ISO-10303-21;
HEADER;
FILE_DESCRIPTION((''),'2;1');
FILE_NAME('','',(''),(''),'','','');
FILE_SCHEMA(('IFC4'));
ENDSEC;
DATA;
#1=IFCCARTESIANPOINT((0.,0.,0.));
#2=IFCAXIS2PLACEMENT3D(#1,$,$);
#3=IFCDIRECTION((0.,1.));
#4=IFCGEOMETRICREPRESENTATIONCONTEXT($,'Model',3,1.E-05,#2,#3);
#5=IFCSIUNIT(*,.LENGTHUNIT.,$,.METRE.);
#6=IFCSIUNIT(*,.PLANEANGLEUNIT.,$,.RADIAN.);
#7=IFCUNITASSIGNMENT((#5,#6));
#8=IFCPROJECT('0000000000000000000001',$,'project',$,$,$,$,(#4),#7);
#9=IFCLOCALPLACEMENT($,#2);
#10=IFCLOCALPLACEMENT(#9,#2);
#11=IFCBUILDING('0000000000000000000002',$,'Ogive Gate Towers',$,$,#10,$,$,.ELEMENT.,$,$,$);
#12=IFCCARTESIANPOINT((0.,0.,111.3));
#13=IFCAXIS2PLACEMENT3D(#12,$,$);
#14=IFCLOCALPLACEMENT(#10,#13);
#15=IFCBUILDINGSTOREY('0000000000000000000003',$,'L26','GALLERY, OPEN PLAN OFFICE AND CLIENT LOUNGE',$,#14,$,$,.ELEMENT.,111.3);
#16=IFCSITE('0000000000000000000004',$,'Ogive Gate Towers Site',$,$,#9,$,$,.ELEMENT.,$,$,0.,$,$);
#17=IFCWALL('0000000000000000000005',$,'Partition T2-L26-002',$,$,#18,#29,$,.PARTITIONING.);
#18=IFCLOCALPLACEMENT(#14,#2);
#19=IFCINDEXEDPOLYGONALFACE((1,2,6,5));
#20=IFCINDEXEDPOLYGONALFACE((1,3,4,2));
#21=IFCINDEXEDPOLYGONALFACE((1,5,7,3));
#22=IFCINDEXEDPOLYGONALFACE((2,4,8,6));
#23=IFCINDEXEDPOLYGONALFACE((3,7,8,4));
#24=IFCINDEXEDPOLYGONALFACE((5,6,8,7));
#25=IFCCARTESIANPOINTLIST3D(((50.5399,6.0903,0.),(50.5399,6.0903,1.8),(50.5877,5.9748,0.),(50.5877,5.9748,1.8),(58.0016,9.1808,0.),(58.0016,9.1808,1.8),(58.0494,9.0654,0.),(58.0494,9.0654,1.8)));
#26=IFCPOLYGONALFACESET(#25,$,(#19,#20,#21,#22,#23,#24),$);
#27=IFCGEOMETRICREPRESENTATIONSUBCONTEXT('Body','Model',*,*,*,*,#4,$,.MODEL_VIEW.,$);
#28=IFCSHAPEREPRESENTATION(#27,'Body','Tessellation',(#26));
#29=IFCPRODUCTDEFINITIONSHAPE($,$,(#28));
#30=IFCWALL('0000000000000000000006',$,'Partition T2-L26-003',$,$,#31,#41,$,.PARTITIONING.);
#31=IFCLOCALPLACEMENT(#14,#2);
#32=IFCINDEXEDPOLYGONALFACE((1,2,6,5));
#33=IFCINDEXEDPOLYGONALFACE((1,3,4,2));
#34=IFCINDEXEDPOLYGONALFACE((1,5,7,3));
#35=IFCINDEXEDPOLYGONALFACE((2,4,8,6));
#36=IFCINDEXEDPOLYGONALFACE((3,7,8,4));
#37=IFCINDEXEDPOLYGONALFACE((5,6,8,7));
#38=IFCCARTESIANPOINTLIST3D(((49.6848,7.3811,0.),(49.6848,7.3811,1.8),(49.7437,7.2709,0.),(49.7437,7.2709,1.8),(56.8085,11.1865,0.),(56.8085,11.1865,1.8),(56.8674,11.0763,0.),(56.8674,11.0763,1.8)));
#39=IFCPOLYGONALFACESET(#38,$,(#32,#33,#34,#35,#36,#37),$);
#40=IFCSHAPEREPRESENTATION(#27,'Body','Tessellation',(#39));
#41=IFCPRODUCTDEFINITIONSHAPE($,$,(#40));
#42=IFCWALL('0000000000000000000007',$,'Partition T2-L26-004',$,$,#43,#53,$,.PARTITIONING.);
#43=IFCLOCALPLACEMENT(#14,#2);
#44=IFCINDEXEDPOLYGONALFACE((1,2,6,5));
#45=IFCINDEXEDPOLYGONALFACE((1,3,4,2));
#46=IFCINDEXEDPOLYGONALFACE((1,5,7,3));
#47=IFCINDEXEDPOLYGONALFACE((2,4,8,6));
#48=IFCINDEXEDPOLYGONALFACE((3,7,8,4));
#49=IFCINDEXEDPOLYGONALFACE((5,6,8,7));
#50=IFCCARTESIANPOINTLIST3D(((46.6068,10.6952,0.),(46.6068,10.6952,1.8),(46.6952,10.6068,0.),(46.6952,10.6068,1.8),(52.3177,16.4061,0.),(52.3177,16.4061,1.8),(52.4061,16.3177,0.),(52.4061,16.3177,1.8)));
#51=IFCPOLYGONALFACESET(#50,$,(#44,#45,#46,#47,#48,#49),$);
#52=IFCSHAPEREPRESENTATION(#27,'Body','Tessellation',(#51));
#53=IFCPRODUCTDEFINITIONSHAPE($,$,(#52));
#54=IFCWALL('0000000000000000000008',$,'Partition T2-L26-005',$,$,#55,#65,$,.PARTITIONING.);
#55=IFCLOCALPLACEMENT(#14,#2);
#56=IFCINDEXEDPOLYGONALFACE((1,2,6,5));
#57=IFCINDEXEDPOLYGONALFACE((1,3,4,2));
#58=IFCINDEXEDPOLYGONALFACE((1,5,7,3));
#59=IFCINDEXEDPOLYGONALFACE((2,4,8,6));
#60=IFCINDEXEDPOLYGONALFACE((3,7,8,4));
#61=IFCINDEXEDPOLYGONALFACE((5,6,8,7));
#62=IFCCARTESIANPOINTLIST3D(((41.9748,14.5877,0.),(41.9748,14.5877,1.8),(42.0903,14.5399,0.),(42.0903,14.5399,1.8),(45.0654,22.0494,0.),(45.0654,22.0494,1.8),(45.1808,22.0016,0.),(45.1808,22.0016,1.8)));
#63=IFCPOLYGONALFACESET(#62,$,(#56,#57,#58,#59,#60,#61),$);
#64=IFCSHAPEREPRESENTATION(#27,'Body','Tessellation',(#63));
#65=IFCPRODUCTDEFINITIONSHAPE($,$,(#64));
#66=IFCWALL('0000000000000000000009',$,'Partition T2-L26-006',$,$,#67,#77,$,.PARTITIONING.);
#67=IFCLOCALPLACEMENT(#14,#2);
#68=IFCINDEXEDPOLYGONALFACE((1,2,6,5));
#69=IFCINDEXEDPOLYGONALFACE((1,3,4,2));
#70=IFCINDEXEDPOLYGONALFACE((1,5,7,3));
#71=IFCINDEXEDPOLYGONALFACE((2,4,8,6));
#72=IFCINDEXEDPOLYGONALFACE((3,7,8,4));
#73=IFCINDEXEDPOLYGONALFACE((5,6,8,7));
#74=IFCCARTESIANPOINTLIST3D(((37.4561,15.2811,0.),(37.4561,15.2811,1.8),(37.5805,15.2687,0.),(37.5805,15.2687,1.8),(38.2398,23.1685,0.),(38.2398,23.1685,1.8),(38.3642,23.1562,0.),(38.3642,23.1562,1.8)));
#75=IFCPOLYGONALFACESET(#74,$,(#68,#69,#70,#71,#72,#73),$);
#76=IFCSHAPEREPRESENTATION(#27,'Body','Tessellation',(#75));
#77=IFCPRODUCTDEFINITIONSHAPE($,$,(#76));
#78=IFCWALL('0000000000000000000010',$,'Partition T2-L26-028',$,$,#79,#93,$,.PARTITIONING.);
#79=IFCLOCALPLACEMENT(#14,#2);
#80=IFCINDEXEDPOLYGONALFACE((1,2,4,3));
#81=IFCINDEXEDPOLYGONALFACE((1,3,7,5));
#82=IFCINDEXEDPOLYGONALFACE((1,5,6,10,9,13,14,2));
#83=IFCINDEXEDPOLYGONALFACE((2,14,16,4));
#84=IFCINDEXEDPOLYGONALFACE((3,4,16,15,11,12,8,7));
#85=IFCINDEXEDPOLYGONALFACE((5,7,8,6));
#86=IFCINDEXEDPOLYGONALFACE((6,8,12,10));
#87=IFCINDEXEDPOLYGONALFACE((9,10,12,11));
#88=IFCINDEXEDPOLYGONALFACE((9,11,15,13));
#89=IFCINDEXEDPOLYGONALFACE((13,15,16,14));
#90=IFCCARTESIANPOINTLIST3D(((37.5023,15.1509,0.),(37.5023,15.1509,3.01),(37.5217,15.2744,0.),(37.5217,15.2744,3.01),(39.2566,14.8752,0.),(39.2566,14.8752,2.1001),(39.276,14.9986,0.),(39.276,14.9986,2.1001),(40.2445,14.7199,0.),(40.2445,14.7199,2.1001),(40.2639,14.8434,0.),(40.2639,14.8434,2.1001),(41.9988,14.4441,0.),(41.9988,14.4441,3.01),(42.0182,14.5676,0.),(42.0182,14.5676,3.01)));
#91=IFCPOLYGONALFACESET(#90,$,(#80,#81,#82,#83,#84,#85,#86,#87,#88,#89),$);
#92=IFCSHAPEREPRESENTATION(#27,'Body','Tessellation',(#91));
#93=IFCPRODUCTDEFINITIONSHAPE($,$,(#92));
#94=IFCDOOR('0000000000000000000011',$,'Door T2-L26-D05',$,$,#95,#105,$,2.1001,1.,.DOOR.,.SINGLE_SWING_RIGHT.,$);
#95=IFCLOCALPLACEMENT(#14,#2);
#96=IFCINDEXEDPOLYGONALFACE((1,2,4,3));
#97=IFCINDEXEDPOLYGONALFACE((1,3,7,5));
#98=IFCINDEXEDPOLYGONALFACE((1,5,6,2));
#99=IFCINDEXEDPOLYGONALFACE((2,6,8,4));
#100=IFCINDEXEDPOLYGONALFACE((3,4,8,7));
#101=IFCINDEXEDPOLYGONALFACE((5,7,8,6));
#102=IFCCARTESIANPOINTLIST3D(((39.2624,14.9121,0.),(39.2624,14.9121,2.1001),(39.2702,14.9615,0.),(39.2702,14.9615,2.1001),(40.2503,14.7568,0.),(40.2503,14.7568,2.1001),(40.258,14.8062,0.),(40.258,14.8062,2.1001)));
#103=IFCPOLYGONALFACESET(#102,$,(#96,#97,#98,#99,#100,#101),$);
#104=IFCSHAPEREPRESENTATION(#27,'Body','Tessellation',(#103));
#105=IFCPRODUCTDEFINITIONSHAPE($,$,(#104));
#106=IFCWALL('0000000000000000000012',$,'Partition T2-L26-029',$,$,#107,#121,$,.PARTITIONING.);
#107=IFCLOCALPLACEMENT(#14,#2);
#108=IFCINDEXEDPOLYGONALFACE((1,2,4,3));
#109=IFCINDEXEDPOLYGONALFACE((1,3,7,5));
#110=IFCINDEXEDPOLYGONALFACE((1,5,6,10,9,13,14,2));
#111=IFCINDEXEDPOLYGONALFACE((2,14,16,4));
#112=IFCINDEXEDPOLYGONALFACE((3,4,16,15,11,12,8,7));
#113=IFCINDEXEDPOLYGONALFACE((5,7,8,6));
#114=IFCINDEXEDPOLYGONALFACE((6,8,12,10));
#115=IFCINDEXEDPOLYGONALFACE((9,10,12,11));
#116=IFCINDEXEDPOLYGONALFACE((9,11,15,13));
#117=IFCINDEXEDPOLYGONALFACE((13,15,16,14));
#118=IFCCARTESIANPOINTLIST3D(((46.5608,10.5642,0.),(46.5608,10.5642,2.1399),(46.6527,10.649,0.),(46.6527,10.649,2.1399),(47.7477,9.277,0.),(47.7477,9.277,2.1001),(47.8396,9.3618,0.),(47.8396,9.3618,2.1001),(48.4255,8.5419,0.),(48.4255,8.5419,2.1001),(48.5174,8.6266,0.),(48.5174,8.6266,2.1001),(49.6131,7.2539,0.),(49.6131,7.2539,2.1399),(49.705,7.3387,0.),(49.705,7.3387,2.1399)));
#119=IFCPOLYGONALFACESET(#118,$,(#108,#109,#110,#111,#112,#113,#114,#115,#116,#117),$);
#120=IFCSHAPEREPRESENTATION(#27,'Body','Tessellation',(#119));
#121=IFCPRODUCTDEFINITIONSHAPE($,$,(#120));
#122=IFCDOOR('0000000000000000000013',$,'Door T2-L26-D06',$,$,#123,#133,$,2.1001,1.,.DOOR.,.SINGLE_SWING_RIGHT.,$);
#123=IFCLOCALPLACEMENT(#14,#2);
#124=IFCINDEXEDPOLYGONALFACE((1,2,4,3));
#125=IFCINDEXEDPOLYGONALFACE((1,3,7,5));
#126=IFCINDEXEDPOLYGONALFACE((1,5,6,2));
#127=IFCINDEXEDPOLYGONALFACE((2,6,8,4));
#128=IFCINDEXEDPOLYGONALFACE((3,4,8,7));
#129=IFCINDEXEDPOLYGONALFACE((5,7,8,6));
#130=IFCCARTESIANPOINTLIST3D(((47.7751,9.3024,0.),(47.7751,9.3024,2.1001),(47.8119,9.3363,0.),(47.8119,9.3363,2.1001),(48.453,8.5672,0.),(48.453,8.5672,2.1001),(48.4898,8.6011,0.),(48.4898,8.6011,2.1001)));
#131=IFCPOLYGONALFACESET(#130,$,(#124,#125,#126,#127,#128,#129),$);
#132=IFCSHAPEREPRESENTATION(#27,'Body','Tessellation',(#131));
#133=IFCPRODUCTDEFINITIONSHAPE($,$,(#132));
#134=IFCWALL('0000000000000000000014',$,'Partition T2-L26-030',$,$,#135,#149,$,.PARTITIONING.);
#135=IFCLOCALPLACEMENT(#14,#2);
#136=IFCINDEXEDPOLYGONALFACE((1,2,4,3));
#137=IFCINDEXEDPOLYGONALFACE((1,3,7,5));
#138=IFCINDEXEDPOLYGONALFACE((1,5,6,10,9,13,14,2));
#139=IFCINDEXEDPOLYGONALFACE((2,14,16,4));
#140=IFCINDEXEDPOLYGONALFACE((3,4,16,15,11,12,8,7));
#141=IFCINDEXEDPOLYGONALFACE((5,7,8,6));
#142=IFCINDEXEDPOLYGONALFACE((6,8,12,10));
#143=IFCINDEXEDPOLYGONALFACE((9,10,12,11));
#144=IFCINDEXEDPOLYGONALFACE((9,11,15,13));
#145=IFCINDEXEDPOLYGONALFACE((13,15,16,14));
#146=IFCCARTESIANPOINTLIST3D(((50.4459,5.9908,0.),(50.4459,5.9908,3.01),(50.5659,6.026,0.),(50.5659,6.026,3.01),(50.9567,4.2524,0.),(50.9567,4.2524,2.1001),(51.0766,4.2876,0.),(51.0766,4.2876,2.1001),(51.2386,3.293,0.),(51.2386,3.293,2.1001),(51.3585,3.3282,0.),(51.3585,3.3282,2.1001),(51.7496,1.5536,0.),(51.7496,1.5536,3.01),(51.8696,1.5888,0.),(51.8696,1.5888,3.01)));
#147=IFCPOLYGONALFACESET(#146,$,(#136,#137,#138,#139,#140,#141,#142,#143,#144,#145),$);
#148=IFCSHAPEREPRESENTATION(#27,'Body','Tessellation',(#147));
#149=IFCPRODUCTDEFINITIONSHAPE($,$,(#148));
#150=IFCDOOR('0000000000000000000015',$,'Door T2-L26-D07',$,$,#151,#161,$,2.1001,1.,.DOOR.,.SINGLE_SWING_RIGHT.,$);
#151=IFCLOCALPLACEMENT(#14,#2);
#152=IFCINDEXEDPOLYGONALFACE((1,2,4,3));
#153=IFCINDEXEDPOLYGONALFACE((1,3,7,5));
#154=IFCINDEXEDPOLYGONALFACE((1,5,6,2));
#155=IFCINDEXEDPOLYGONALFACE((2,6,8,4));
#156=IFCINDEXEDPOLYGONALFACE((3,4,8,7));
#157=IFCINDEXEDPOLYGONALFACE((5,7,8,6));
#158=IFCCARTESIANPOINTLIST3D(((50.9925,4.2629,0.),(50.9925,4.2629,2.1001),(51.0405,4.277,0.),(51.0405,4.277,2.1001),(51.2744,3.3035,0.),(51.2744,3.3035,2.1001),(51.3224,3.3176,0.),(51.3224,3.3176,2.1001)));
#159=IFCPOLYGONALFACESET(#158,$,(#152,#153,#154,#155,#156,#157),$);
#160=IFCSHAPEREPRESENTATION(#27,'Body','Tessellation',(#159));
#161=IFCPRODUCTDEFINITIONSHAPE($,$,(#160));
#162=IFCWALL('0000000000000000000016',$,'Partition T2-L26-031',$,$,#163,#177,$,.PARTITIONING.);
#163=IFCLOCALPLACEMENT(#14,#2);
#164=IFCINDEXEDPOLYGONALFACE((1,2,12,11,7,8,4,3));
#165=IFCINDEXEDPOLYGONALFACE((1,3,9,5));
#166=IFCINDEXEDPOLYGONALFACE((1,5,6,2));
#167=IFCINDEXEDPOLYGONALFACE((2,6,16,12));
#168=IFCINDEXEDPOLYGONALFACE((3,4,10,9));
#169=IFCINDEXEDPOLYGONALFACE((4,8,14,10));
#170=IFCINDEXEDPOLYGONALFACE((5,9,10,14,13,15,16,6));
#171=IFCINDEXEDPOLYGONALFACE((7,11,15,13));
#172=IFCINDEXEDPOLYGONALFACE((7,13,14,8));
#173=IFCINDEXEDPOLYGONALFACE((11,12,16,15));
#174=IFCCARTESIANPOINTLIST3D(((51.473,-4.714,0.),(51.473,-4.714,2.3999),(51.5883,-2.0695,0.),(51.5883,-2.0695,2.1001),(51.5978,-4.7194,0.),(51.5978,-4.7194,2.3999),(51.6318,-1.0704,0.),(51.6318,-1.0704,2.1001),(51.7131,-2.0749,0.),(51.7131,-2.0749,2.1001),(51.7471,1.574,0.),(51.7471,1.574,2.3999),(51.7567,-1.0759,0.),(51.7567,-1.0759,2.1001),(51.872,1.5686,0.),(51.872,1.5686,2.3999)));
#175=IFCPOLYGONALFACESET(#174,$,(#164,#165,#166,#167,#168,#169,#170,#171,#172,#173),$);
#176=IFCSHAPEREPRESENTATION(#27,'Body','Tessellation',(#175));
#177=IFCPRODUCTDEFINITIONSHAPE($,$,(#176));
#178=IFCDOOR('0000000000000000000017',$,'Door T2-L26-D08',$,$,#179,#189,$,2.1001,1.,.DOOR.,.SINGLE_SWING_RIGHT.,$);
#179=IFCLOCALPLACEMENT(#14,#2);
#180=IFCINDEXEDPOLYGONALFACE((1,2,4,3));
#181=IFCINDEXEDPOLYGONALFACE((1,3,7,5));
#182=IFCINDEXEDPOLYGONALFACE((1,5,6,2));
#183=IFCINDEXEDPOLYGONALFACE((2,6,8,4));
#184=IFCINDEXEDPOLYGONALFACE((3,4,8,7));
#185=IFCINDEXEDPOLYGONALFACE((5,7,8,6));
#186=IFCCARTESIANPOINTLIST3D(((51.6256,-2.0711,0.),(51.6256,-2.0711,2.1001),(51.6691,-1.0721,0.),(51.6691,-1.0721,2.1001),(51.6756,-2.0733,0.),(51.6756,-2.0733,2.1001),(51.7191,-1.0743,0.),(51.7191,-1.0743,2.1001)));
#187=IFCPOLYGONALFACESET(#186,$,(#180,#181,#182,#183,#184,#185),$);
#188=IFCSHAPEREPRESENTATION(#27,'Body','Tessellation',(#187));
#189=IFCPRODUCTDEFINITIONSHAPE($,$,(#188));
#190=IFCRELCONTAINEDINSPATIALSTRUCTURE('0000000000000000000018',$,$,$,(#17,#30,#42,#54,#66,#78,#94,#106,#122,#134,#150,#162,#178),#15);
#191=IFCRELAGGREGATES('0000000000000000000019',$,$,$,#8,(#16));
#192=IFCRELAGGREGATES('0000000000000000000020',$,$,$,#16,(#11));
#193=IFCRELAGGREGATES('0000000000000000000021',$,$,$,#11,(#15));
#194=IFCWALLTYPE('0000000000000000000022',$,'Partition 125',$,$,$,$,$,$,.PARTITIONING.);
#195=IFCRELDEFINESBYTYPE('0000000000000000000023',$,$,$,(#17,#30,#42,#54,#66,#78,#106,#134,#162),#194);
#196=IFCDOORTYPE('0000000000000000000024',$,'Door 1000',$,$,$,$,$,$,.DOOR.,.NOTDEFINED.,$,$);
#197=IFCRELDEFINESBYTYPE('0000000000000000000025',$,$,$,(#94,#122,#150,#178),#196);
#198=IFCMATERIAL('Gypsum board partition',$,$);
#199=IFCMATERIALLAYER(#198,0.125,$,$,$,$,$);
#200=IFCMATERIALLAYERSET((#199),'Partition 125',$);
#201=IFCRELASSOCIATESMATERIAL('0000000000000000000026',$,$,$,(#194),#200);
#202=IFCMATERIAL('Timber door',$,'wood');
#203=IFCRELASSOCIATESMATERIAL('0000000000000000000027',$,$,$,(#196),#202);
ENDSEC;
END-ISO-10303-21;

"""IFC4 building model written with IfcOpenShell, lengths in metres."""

from ifc_helpers import new_model, si_unit, direction, frame, frame_2d, origin, place, context, subcontext, project, spatial, rectangle, extrude, material, layer, layer_set, type_object, element, fill, save


model = new_model("IFC4")

# Units and contexts
model_context = context("Model", 3, precision=1e-05, world=origin(), true_north=direction((0.0, 1.0)))
body_context = subcontext(model_context, "Body", "Model", "MODEL_VIEW")
ifc_project = project(units=[si_unit("LENGTHUNIT", "METRE"), si_unit("PLANEANGLEUNIT", "RADIAN")], contexts=[model_context])

# Site, building, storey
site_placement = place(None, origin())
site = spatial("IfcSite", under=ifc_project, at=site_placement, Name="Ogive Gate Towers Site", CompositionType="ELEMENT", RefElevation=0.0)
building_placement = place(site_placement, origin())
building = spatial("IfcBuilding", under=site, at=building_placement, Name="Ogive Gate Towers", CompositionType="ELEMENT")
storey_placement = place(building_placement, frame((0.0, 0.0, 111.3)))
storey = spatial("IfcBuildingStorey", under=building, at=storey_placement, Name="L26", Description="GALLERY, OPEN PLAN OFFICE AND CLIENT LOUNGE", CompositionType="ELEMENT", Elevation=111.3)

# Walls
ifc_material_1 = material(Name="Gypsum board partition")
ifc_layer_1 = layer(ifc_material_1, 0.125)
ifc_layer_set_1 = layer_set([ifc_layer_1], Name="Partition 125")
wall_type_1 = type_object("IfcWallType", Name="Partition 125", PredefinedType="PARTITIONING", material=ifc_layer_set_1)
for number, where, z_axis, x_axis, name in (
    (1, (58.0254, 9.123, 0.0), (0.0, 0.0, 1.0), (-0.923886, -0.382668, 0.0), "Partition T2-L26-002"),
    (2, (56.8379, 11.1313, 0.0), (0.0, 0.0, 1.0), (-0.882041, -0.471173, 0.0), "Partition T2-L26-003"),
    (3, (52.3618, 16.3618, 0.0), (0.0, 0.0, 1.0), (-0.707107, -0.707107, 0.0), "Partition T2-L26-004"),
    (4, (45.123, 22.0254, 0.0), (0.0, 0.0, 1.0), (-0.382668, -0.923886, 0.0), "Partition T2-L26-005"),
):
    element("IfcWall", number, at=place(storey_placement, frame(where, z_axis=z_axis, x_axis=x_axis)), inside=storey, type_object=wall_type_1, Name=name, PredefinedType="PARTITIONING", context=body_context, shape_type="SweptSolid", body=[
        extrude(rectangle(XDim=8.0764, YDim=0.125, at=frame_2d((4.0381, 0.0))), origin(), (0.0, 0.0, 1.0), 1.8),
    ])
wall_1_placement = place(storey_placement, frame((38.302, 23.1624, 0.0), z_axis=(0.0, 0.0, 1.0), x_axis=(-0.098872, -0.9951, 0.0)))
element("IfcWall", 5, at=wall_1_placement, inside=storey, type_object=wall_type_1, Name="Partition T2-L26-006", PredefinedType="PARTITIONING", context=body_context, shape_type="SweptSolid", body=[
    extrude(rectangle(XDim=7.9263, YDim=0.125, at=frame_2d((3.9631, 0.0))), origin(), (0.0, 0.0, 1.0), 1.8),
])

# Walls, openings, doors
wall_2_placement = place(storey_placement, frame((37.512, 15.2126, 0.0), z_axis=(0.0, 0.0, 1.0), x_axis=(0.987871, -0.155277, 0.0)))
wall_2 = element("IfcWall", 6, at=wall_2_placement, inside=storey, type_object=wall_type_1, Name="Partition T2-L26-028", PredefinedType="PARTITIONING", context=body_context, shape_type="SweptSolid", body=[
    extrude(rectangle(XDim=4.5518, YDim=0.125, at=frame_2d((2.2759, 0.0))), origin(), (0.0, 0.0, 1.0), 3.01),
])
opening_1_placement = place(wall_2_placement, frame((1.7759, 0.0, 0.0)))
opening_1 = element("IfcOpeningElement", 7, at=opening_1_placement, cuts=wall_2, PredefinedType="OPENING", context=body_context, shape_type="SweptSolid", body=[
    extrude(rectangle(XDim=1.0, YDim=2.1001, at=frame_2d((0.5, 1.05))), frame((0.0, 0.0725, 0.0), z_axis=(0.0, -1.0, 0.0), x_axis=(1.0, 0.0, 0.0)), (0.0, 0.0, 1.0), 0.145),
])
ifc_material_2 = material(Name="Timber door", Category="wood")
door_type_1 = type_object("IfcDoorType", Name="Door 1000", OperationType="NOTDEFINED", PredefinedType="DOOR", material=ifc_material_2)
door_1_placement = place(opening_1_placement, origin())
door_1 = element("IfcDoor", 8, at=door_1_placement, inside=storey, type_object=door_type_1, Name="Door T2-L26-D05", OperationType="SINGLE_SWING_RIGHT", OverallHeight=2.1001, OverallWidth=1.0, PredefinedType="DOOR", context=body_context, shape_type="SweptSolid", body=[
    extrude(rectangle(XDim=1.0, YDim=2.1001, at=frame_2d((0.5, 1.05))), frame((0.0, 0.0249, 0.0), z_axis=(0.0, -1.0, 0.0), x_axis=(1.0, 0.0, 0.0)), (0.0, 0.0, 1.0), 0.05),
])
fill(opening_1, door_1)
wall_3_placement = place(storey_placement, frame((46.6067, 10.6067, 0.0), z_axis=(0.0, 0.0, 1.0), x_axis=(0.67787, -0.735182, 0.0)))
wall_3 = element("IfcWall", 9, at=wall_3_placement, inside=storey, type_object=wall_type_1, Name="Partition T2-L26-029", PredefinedType="PARTITIONING", context=body_context, shape_type="SweptSolid", body=[
    extrude(rectangle(XDim=4.5027, YDim=0.125, at=frame_2d((2.2515, 0.0))), origin(), (0.0, 0.0, 1.0), 2.1399),
])
opening_2_placement = place(wall_3_placement, frame((1.751, 0.0, 0.0)))
opening_2 = element("IfcOpeningElement", 10, at=opening_2_placement, cuts=wall_3, PredefinedType="OPENING", context=body_context, shape_type="SweptSolid", body=[
    extrude(rectangle(XDim=1.0, YDim=2.1001, at=frame_2d((0.5, 1.05))), frame((0.0, 0.0725, 0.0), z_axis=(0.0, -1.0, 0.0), x_axis=(1.0, 0.0, 0.0)), (0.0, 0.0, 1.0), 0.145),
])
door_2_placement = place(opening_2_placement, origin())
door_2 = element("IfcDoor", 11, at=door_2_placement, inside=storey, type_object=door_type_1, Name="Door T2-L26-D06", OperationType="SINGLE_SWING_RIGHT", OverallHeight=2.1001, OverallWidth=1.0, PredefinedType="DOOR", context=body_context, shape_type="SweptSolid", body=[
    extrude(rectangle(XDim=1.0, YDim=2.1001, at=frame_2d((0.5, 1.05))), frame((0.0, 0.0249, 0.0), z_axis=(0.0, -1.0, 0.0), x_axis=(1.0, 0.0, 0.0)), (0.0, 0.0, 1.0), 0.05),
])
fill(opening_2, door_2)
wall_4_placement = place(storey_placement, frame((50.5059, 6.0085, 0.0), z_axis=(0.0, 0.0, 1.0), x_axis=(0.281895, -0.959445, 0.0)))
wall_4 = element("IfcWall", 12, at=wall_4_placement, inside=storey, type_object=wall_type_1, Name="Partition T2-L26-030", PredefinedType="PARTITIONING", context=body_context, shape_type="SweptSolid", body=[
    extrude(rectangle(XDim=4.6248, YDim=0.125, at=frame_2d((2.3125, 0.0))), origin(), (0.0, 0.0, 1.0), 3.01),
])
opening_3_placement = place(wall_4_placement, frame((1.812, 0.0, 0.0)))
opening_3 = element("IfcOpeningElement", 13, at=opening_3_placement, cuts=wall_4, PredefinedType="OPENING", context=body_context, shape_type="SweptSolid", body=[
    extrude(rectangle(XDim=1.0, YDim=2.1001, at=frame_2d((0.5, 1.05))), frame((0.0, 0.0725, 0.0), z_axis=(0.0, -1.0, 0.0), x_axis=(1.0, 0.0, 0.0)), (0.0, 0.0, 1.0), 0.145),
])
door_3_placement = place(opening_3_placement, origin())
door_3 = element("IfcDoor", 14, at=door_3_placement, inside=storey, type_object=door_type_1, Name="Door T2-L26-D07", OperationType="SINGLE_SWING_RIGHT", OverallHeight=2.1001, OverallWidth=1.0, PredefinedType="DOOR", context=body_context, shape_type="SweptSolid", body=[
    extrude(rectangle(XDim=1.0, YDim=2.1001, at=frame_2d((0.5, 1.05))), frame((0.0, 0.0249, 0.0), z_axis=(0.0, -1.0, 0.0), x_axis=(1.0, 0.0, 0.0)), (0.0, 0.0, 1.0), 0.05),
])
fill(opening_3, door_3)
wall_5_placement = place(storey_placement, frame((51.8096, 1.5713, 0.0), z_axis=(0.0, 0.0, 1.0), x_axis=(-0.04356, -0.999051, 0.0)))
wall_5 = element("IfcWall", 15, at=wall_5_placement, inside=storey, type_object=wall_type_1, Name="Partition T2-L26-031", PredefinedType="PARTITIONING", context=body_context, shape_type="SweptSolid", body=[
    extrude(rectangle(XDim=6.2939, YDim=0.125, at=frame_2d((3.147, 0.0))), origin(), (0.0, 0.0, 1.0), 2.3999),
])
opening_4_placement = place(wall_5_placement, frame((2.647, 0.0, 0.0)))
opening_4 = element("IfcOpeningElement", 16, at=opening_4_placement, cuts=wall_5, PredefinedType="OPENING", context=body_context, shape_type="SweptSolid", body=[
    extrude(rectangle(XDim=1.0, YDim=2.1001, at=frame_2d((0.5, 1.05))), frame((0.0, 0.0725, 0.0), z_axis=(0.0, -1.0, 0.0), x_axis=(1.0, 0.0, 0.0)), (0.0, 0.0, 1.0), 0.145),
])
door_4_placement = place(opening_4_placement, origin())
door_4 = element("IfcDoor", 17, at=door_4_placement, inside=storey, type_object=door_type_1, Name="Door T2-L26-D08", OperationType="SINGLE_SWING_RIGHT", OverallHeight=2.1001, OverallWidth=1.0, PredefinedType="DOOR", context=body_context, shape_type="SweptSolid", body=[
    extrude(rectangle(XDim=1.0, YDim=2.1001, at=frame_2d((0.5, 1.05))), frame((0.0, 0.0249, 0.0), z_axis=(0.0, -1.0, 0.0), x_axis=(1.0, 0.0, 0.0)), (0.0, 0.0, 1.0), 0.05),
])
fill(opening_4, door_4)

save(model, "model.ifc")
